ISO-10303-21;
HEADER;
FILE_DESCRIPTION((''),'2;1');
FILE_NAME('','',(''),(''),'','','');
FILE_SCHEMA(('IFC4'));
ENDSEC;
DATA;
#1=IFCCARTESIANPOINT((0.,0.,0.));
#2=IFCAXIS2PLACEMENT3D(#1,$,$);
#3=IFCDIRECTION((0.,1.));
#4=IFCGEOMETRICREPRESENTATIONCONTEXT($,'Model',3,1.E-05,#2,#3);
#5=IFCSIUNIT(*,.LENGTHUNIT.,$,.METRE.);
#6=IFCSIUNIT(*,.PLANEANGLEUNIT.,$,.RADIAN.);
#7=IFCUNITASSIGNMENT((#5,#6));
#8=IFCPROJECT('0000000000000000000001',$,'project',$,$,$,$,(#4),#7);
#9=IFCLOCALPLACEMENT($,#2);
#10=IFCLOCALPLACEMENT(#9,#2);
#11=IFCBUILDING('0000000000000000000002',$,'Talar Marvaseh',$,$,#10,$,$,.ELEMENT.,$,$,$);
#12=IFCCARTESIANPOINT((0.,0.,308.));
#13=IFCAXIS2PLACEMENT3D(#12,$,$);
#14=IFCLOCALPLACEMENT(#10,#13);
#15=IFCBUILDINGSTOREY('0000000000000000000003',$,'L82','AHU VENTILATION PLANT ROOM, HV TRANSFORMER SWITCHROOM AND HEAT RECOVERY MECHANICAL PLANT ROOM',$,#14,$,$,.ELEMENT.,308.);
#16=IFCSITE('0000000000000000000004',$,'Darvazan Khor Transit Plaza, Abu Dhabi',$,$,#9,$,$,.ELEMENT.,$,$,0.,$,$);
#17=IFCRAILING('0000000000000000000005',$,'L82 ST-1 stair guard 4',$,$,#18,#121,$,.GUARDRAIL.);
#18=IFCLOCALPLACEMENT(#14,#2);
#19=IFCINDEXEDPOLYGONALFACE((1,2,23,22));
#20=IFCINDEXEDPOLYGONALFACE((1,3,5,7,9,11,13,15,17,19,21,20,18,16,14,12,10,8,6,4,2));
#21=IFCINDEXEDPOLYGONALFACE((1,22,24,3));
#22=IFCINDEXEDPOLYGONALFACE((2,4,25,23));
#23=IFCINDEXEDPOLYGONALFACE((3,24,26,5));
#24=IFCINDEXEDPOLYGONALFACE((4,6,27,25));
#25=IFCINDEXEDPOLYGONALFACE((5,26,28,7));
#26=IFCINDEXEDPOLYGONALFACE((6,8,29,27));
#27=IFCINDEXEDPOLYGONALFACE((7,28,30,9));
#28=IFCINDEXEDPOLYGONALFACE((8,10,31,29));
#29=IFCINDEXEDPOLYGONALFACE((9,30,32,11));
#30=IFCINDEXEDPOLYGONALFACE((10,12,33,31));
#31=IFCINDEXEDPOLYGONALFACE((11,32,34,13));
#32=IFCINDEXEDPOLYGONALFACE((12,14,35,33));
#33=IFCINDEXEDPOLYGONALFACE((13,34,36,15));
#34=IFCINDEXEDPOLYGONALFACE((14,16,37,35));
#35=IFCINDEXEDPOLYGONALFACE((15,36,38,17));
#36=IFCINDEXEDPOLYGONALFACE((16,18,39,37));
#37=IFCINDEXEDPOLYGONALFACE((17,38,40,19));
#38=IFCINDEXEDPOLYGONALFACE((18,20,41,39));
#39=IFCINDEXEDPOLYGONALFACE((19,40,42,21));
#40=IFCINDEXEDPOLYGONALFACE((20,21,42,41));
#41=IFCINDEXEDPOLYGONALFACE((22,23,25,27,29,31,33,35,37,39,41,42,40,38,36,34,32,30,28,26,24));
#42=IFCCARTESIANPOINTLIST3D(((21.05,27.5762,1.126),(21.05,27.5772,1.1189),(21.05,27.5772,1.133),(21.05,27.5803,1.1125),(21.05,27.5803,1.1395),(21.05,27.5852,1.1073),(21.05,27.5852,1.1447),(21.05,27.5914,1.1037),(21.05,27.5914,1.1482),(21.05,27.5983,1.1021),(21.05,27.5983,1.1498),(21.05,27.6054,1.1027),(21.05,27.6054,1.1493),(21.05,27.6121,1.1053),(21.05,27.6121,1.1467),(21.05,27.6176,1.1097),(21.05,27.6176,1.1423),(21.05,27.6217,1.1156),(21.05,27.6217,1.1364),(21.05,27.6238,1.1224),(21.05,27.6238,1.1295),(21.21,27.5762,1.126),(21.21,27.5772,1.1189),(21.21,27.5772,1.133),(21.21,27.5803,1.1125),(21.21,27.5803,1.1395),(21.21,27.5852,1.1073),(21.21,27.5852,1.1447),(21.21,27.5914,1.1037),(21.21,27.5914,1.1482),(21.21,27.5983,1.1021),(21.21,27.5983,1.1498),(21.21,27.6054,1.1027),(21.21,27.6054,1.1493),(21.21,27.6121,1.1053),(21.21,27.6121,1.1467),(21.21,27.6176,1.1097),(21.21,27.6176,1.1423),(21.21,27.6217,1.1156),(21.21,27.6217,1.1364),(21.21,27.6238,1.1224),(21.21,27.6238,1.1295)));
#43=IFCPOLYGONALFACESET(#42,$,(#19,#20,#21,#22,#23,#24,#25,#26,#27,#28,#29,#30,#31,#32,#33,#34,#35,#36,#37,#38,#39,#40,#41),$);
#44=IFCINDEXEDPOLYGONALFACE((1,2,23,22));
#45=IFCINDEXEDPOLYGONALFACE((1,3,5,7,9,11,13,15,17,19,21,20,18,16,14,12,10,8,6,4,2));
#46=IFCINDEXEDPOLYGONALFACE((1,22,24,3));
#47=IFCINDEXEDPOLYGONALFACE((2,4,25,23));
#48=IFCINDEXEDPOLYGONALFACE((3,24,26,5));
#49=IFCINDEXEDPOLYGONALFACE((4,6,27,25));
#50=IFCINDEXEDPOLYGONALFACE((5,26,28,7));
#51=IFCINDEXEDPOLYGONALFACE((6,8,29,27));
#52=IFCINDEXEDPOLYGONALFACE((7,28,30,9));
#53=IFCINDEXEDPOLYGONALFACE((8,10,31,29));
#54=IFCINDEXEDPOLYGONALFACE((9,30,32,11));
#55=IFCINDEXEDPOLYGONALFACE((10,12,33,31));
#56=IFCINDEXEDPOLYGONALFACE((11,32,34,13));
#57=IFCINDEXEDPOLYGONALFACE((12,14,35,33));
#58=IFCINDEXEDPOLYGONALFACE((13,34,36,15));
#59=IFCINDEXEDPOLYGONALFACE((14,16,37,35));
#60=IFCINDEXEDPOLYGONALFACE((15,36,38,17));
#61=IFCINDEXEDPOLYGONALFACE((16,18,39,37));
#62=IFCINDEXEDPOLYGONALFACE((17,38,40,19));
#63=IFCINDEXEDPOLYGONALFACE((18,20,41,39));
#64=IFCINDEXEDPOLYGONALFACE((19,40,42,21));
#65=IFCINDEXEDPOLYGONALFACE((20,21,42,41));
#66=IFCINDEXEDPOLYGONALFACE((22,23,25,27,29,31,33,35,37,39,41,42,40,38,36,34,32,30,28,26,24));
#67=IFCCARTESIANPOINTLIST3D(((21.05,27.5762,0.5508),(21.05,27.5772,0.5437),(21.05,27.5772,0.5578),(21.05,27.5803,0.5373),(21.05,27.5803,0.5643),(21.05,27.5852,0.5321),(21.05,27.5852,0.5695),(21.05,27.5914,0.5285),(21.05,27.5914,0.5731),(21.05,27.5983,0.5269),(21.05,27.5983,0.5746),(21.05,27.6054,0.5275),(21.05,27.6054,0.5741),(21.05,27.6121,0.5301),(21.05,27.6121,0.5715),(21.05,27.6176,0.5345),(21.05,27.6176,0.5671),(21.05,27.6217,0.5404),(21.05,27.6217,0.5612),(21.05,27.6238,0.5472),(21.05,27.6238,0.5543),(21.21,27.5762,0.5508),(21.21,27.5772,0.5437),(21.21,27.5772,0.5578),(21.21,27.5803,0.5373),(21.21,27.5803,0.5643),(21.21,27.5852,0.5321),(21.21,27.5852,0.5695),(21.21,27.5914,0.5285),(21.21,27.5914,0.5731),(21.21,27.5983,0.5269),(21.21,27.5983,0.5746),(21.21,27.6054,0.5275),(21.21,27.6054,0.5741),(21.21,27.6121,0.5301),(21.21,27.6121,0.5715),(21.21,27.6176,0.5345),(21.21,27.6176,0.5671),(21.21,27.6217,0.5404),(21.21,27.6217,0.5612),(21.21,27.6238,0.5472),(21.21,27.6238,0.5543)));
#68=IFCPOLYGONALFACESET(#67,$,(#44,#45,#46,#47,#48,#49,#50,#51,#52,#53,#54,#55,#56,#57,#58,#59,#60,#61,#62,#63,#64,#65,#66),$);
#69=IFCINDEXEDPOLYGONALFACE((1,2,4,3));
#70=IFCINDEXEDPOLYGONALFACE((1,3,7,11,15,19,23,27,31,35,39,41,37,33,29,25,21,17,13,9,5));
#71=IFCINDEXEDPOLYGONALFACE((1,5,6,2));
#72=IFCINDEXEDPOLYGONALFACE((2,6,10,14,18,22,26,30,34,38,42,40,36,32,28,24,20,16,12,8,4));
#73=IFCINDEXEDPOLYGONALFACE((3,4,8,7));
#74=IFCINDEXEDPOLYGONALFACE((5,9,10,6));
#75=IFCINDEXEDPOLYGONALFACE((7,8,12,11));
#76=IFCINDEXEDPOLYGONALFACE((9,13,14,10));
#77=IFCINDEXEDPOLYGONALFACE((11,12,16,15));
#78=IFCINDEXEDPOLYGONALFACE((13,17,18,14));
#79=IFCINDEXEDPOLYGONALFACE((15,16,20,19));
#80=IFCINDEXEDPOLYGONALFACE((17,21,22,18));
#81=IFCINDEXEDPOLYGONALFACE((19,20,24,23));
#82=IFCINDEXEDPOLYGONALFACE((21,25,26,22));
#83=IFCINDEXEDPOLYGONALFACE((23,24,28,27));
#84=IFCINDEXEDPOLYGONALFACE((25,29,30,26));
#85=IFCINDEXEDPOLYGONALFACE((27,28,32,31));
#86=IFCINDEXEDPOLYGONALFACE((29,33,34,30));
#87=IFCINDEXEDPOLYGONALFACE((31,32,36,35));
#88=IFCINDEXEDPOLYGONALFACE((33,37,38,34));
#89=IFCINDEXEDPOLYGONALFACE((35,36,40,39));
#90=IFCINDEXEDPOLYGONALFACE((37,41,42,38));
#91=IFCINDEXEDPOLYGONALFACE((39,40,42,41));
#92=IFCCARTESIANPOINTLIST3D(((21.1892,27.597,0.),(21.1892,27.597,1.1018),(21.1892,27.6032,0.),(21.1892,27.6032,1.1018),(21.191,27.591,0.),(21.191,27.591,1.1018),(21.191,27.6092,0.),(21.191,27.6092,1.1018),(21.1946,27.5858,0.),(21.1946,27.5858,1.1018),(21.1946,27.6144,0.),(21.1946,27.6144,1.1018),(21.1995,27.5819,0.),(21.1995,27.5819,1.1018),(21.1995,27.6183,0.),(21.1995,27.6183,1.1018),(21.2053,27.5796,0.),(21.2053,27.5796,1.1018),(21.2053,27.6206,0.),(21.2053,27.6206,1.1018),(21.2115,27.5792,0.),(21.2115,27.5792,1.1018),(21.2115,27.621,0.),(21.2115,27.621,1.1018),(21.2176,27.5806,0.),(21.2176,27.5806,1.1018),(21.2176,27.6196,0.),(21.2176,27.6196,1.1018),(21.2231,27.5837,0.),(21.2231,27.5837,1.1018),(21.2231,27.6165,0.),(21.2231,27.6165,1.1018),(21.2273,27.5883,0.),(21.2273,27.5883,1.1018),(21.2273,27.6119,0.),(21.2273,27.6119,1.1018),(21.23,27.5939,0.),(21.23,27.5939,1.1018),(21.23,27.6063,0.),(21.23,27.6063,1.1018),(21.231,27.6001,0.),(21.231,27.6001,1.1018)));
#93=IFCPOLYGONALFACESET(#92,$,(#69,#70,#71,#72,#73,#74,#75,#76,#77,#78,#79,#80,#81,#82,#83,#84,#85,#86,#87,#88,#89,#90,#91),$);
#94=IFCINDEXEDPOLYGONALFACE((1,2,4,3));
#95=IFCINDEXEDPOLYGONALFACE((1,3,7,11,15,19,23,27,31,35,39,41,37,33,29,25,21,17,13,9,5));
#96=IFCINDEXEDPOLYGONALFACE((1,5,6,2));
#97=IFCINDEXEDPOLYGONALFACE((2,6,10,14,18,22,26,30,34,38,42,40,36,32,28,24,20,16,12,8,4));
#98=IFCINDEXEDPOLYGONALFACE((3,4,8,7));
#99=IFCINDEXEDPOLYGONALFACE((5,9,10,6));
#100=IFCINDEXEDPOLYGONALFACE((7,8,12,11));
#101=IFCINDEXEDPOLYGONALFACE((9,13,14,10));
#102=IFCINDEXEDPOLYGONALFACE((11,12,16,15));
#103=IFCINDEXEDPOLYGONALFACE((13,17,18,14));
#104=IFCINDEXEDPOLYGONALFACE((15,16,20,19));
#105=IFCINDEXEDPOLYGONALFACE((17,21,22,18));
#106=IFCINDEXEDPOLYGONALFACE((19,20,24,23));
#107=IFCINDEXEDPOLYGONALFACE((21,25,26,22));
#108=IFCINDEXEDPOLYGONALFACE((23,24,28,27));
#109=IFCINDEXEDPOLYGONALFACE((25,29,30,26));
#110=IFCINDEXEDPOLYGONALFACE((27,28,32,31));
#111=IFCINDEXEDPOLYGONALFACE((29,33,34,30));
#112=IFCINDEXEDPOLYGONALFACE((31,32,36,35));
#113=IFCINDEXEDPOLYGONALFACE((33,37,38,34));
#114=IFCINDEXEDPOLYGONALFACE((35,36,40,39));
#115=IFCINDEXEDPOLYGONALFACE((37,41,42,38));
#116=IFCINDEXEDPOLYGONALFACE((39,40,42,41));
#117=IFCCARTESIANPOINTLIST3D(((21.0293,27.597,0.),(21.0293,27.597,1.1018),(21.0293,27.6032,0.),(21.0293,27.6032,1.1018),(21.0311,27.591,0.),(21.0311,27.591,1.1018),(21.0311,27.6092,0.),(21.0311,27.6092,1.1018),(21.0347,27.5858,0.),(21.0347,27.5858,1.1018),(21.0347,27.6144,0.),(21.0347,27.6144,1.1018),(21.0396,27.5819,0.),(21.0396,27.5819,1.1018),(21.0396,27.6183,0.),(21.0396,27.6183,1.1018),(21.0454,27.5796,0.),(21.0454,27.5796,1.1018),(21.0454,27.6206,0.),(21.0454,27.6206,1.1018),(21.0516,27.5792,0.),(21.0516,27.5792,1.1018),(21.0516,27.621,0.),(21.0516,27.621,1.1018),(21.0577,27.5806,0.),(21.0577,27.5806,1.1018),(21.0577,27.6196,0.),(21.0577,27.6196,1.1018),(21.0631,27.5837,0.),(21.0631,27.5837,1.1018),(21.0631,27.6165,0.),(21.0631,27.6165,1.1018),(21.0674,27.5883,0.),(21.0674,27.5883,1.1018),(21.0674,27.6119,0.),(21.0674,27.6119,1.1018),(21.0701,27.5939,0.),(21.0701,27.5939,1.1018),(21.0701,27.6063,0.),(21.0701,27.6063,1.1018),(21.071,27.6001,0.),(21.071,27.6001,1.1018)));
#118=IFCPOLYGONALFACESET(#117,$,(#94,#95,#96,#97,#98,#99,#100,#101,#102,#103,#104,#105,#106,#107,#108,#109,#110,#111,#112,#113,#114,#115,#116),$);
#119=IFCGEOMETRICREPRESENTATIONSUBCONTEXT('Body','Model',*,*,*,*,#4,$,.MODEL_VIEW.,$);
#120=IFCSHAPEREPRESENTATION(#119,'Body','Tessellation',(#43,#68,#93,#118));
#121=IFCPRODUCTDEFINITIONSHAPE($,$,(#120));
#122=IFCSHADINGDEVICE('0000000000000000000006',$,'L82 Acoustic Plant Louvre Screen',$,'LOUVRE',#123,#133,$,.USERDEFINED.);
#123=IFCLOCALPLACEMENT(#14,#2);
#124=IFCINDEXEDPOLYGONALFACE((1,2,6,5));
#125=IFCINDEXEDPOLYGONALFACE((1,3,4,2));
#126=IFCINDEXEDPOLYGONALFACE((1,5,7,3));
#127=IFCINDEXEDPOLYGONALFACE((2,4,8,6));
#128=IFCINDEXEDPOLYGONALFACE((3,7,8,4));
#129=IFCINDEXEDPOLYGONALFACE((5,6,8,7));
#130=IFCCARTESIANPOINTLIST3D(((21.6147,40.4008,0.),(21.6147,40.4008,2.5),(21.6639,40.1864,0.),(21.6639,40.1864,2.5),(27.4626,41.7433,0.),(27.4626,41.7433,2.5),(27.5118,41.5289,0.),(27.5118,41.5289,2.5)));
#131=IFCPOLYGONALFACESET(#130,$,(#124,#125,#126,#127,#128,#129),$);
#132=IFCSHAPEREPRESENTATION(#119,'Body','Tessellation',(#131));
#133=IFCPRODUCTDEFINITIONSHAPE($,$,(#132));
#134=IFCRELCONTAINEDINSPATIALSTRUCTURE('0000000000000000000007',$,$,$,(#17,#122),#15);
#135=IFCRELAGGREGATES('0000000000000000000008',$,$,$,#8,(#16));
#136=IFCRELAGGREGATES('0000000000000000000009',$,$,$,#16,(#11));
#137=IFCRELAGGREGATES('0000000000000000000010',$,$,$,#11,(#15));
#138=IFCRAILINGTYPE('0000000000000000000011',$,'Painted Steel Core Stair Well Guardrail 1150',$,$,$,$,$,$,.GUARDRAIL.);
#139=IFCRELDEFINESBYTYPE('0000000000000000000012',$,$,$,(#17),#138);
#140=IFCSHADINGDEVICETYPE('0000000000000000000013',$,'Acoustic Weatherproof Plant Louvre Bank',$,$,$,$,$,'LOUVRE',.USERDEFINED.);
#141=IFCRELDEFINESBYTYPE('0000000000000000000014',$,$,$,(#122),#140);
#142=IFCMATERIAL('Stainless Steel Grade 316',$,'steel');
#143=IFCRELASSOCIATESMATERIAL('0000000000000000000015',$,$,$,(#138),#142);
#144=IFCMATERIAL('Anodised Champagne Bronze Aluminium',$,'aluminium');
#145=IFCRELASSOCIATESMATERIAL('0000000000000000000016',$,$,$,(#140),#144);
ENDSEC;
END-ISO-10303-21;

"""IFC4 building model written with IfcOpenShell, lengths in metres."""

from ifc_helpers import new_model, si_unit, direction, frame, origin, origin_2d, place, context, subcontext, project, spatial, rectangle, circle, extrude, source, transform, mapped, material, type_object, type_shapes, element, save


model = new_model("IFC4")

# Units and contexts
model_context = context("Model", 3, precision=1e-05, world=origin(), true_north=direction((0.0, 1.0)))
body_context = subcontext(model_context, "Body", "Model", "MODEL_VIEW")
ifc_project = project(units=[si_unit("LENGTHUNIT", "METRE"), si_unit("PLANEANGLEUNIT", "RADIAN")], contexts=[model_context])

# Site, building, storey
site_placement = place(None, origin())
site = spatial("IfcSite", under=ifc_project, at=site_placement, Name="Darvazan Khor Transit Plaza, Abu Dhabi", CompositionType="ELEMENT", RefElevation=0.0)
building_placement = place(site_placement, origin())
building = spatial("IfcBuilding", under=site, at=building_placement, Name="Talar Marvaseh", CompositionType="ELEMENT")
storey_placement = place(building_placement, frame((0.0, 0.0, 308.0)))
storey = spatial("IfcBuildingStorey", under=building, at=storey_placement, Name="L82", Description="AHU VENTILATION PLANT ROOM, HV TRANSFORMER SWITCHROOM AND HEAT RECOVERY MECHANICAL PLANT ROOM", CompositionType="ELEMENT", Elevation=308.0)

# Shared definitions
ifc_material_1 = material(Name="Stainless Steel Grade 316", Category="steel")

# Railing
railing_type_1 = type_object("IfcRailingType", Name="Painted Steel Core Stair Well Guardrail 1150", PredefinedType="GUARDRAIL", material=ifc_material_1)
railing_1_placement = place(storey_placement, frame((21.21, 27.6001, 0.0)))
element("IfcRailing", 1, at=railing_1_placement, inside=storey, type_object=railing_type_1, Name="L82 ST-1 stair guard 4", PredefinedType="GUARDRAIL", context=body_context, shape_type="SweptSolid", body=[
    extrude(circle(Radius=0.0239, at=origin_2d()), frame((0.0, 0.0, 1.126), z_axis=(-1.0, 0.0, 0.0), x_axis=(0.0, -1.0, 0.0)), (0.0, 0.0, 1.0), 0.1599),
    extrude(circle(Radius=0.0239, at=origin_2d()), frame((0.0, 0.0, 0.5508), z_axis=(-1.0, 0.0, 0.0), x_axis=(0.0, -1.0, 0.0)), (0.0, 0.0, 1.0), 0.1599),
    extrude(circle(Radius=0.021, at=origin_2d()), origin(), (0.0, 0.0, 1.0), 1.1018),
    extrude(circle(Radius=0.021, at=origin_2d()), frame((-0.1599, 0.0, 0.0)), (0.0, 0.0, 1.0), 1.1018),
])

# Shading device
ifc_material_2 = material(Name="Anodised Champagne Bronze Aluminium", Category="aluminium")
shading_device_type = type_object("IfcShadingDeviceType", Name="Acoustic Weatherproof Plant Louvre Bank", ElementType="LOUVRE", PredefinedType="USERDEFINED", material=ifc_material_2)
shared_shape_1 = source(origin(), body_context, "Body", "SweptSolid", [
    extrude(rectangle(XDim=6.0, YDim=0.22, at=origin_2d()), origin(), (0.0, 0.0, 1.0), 2.5),
])
type_shapes(shading_device_type, [shared_shape_1])
shading_device_placement = place(storey_placement, frame((24.5632, 40.9648, 0.0), z_axis=(0.0, 0.0, 1.0), x_axis=(0.974644, 0.22376, 0.0)))
element("IfcShadingDevice", 2, at=shading_device_placement, inside=storey, type_object=shading_device_type, Name="L82 Acoustic Plant Louvre Screen", ObjectType="LOUVRE", PredefinedType="USERDEFINED", context=body_context, shape_type="MappedRepresentation", body=[
    mapped(shared_shape_1, transform((0.0, 0.0, 0.0), x_axis=(1.0, 0.0, 0.0), y_axis=(0.0, 1.0, 0.0), z_axis=(0.0, 0.0, 1.0), scale=1.0)),
])

save(model, "model.ifc")
